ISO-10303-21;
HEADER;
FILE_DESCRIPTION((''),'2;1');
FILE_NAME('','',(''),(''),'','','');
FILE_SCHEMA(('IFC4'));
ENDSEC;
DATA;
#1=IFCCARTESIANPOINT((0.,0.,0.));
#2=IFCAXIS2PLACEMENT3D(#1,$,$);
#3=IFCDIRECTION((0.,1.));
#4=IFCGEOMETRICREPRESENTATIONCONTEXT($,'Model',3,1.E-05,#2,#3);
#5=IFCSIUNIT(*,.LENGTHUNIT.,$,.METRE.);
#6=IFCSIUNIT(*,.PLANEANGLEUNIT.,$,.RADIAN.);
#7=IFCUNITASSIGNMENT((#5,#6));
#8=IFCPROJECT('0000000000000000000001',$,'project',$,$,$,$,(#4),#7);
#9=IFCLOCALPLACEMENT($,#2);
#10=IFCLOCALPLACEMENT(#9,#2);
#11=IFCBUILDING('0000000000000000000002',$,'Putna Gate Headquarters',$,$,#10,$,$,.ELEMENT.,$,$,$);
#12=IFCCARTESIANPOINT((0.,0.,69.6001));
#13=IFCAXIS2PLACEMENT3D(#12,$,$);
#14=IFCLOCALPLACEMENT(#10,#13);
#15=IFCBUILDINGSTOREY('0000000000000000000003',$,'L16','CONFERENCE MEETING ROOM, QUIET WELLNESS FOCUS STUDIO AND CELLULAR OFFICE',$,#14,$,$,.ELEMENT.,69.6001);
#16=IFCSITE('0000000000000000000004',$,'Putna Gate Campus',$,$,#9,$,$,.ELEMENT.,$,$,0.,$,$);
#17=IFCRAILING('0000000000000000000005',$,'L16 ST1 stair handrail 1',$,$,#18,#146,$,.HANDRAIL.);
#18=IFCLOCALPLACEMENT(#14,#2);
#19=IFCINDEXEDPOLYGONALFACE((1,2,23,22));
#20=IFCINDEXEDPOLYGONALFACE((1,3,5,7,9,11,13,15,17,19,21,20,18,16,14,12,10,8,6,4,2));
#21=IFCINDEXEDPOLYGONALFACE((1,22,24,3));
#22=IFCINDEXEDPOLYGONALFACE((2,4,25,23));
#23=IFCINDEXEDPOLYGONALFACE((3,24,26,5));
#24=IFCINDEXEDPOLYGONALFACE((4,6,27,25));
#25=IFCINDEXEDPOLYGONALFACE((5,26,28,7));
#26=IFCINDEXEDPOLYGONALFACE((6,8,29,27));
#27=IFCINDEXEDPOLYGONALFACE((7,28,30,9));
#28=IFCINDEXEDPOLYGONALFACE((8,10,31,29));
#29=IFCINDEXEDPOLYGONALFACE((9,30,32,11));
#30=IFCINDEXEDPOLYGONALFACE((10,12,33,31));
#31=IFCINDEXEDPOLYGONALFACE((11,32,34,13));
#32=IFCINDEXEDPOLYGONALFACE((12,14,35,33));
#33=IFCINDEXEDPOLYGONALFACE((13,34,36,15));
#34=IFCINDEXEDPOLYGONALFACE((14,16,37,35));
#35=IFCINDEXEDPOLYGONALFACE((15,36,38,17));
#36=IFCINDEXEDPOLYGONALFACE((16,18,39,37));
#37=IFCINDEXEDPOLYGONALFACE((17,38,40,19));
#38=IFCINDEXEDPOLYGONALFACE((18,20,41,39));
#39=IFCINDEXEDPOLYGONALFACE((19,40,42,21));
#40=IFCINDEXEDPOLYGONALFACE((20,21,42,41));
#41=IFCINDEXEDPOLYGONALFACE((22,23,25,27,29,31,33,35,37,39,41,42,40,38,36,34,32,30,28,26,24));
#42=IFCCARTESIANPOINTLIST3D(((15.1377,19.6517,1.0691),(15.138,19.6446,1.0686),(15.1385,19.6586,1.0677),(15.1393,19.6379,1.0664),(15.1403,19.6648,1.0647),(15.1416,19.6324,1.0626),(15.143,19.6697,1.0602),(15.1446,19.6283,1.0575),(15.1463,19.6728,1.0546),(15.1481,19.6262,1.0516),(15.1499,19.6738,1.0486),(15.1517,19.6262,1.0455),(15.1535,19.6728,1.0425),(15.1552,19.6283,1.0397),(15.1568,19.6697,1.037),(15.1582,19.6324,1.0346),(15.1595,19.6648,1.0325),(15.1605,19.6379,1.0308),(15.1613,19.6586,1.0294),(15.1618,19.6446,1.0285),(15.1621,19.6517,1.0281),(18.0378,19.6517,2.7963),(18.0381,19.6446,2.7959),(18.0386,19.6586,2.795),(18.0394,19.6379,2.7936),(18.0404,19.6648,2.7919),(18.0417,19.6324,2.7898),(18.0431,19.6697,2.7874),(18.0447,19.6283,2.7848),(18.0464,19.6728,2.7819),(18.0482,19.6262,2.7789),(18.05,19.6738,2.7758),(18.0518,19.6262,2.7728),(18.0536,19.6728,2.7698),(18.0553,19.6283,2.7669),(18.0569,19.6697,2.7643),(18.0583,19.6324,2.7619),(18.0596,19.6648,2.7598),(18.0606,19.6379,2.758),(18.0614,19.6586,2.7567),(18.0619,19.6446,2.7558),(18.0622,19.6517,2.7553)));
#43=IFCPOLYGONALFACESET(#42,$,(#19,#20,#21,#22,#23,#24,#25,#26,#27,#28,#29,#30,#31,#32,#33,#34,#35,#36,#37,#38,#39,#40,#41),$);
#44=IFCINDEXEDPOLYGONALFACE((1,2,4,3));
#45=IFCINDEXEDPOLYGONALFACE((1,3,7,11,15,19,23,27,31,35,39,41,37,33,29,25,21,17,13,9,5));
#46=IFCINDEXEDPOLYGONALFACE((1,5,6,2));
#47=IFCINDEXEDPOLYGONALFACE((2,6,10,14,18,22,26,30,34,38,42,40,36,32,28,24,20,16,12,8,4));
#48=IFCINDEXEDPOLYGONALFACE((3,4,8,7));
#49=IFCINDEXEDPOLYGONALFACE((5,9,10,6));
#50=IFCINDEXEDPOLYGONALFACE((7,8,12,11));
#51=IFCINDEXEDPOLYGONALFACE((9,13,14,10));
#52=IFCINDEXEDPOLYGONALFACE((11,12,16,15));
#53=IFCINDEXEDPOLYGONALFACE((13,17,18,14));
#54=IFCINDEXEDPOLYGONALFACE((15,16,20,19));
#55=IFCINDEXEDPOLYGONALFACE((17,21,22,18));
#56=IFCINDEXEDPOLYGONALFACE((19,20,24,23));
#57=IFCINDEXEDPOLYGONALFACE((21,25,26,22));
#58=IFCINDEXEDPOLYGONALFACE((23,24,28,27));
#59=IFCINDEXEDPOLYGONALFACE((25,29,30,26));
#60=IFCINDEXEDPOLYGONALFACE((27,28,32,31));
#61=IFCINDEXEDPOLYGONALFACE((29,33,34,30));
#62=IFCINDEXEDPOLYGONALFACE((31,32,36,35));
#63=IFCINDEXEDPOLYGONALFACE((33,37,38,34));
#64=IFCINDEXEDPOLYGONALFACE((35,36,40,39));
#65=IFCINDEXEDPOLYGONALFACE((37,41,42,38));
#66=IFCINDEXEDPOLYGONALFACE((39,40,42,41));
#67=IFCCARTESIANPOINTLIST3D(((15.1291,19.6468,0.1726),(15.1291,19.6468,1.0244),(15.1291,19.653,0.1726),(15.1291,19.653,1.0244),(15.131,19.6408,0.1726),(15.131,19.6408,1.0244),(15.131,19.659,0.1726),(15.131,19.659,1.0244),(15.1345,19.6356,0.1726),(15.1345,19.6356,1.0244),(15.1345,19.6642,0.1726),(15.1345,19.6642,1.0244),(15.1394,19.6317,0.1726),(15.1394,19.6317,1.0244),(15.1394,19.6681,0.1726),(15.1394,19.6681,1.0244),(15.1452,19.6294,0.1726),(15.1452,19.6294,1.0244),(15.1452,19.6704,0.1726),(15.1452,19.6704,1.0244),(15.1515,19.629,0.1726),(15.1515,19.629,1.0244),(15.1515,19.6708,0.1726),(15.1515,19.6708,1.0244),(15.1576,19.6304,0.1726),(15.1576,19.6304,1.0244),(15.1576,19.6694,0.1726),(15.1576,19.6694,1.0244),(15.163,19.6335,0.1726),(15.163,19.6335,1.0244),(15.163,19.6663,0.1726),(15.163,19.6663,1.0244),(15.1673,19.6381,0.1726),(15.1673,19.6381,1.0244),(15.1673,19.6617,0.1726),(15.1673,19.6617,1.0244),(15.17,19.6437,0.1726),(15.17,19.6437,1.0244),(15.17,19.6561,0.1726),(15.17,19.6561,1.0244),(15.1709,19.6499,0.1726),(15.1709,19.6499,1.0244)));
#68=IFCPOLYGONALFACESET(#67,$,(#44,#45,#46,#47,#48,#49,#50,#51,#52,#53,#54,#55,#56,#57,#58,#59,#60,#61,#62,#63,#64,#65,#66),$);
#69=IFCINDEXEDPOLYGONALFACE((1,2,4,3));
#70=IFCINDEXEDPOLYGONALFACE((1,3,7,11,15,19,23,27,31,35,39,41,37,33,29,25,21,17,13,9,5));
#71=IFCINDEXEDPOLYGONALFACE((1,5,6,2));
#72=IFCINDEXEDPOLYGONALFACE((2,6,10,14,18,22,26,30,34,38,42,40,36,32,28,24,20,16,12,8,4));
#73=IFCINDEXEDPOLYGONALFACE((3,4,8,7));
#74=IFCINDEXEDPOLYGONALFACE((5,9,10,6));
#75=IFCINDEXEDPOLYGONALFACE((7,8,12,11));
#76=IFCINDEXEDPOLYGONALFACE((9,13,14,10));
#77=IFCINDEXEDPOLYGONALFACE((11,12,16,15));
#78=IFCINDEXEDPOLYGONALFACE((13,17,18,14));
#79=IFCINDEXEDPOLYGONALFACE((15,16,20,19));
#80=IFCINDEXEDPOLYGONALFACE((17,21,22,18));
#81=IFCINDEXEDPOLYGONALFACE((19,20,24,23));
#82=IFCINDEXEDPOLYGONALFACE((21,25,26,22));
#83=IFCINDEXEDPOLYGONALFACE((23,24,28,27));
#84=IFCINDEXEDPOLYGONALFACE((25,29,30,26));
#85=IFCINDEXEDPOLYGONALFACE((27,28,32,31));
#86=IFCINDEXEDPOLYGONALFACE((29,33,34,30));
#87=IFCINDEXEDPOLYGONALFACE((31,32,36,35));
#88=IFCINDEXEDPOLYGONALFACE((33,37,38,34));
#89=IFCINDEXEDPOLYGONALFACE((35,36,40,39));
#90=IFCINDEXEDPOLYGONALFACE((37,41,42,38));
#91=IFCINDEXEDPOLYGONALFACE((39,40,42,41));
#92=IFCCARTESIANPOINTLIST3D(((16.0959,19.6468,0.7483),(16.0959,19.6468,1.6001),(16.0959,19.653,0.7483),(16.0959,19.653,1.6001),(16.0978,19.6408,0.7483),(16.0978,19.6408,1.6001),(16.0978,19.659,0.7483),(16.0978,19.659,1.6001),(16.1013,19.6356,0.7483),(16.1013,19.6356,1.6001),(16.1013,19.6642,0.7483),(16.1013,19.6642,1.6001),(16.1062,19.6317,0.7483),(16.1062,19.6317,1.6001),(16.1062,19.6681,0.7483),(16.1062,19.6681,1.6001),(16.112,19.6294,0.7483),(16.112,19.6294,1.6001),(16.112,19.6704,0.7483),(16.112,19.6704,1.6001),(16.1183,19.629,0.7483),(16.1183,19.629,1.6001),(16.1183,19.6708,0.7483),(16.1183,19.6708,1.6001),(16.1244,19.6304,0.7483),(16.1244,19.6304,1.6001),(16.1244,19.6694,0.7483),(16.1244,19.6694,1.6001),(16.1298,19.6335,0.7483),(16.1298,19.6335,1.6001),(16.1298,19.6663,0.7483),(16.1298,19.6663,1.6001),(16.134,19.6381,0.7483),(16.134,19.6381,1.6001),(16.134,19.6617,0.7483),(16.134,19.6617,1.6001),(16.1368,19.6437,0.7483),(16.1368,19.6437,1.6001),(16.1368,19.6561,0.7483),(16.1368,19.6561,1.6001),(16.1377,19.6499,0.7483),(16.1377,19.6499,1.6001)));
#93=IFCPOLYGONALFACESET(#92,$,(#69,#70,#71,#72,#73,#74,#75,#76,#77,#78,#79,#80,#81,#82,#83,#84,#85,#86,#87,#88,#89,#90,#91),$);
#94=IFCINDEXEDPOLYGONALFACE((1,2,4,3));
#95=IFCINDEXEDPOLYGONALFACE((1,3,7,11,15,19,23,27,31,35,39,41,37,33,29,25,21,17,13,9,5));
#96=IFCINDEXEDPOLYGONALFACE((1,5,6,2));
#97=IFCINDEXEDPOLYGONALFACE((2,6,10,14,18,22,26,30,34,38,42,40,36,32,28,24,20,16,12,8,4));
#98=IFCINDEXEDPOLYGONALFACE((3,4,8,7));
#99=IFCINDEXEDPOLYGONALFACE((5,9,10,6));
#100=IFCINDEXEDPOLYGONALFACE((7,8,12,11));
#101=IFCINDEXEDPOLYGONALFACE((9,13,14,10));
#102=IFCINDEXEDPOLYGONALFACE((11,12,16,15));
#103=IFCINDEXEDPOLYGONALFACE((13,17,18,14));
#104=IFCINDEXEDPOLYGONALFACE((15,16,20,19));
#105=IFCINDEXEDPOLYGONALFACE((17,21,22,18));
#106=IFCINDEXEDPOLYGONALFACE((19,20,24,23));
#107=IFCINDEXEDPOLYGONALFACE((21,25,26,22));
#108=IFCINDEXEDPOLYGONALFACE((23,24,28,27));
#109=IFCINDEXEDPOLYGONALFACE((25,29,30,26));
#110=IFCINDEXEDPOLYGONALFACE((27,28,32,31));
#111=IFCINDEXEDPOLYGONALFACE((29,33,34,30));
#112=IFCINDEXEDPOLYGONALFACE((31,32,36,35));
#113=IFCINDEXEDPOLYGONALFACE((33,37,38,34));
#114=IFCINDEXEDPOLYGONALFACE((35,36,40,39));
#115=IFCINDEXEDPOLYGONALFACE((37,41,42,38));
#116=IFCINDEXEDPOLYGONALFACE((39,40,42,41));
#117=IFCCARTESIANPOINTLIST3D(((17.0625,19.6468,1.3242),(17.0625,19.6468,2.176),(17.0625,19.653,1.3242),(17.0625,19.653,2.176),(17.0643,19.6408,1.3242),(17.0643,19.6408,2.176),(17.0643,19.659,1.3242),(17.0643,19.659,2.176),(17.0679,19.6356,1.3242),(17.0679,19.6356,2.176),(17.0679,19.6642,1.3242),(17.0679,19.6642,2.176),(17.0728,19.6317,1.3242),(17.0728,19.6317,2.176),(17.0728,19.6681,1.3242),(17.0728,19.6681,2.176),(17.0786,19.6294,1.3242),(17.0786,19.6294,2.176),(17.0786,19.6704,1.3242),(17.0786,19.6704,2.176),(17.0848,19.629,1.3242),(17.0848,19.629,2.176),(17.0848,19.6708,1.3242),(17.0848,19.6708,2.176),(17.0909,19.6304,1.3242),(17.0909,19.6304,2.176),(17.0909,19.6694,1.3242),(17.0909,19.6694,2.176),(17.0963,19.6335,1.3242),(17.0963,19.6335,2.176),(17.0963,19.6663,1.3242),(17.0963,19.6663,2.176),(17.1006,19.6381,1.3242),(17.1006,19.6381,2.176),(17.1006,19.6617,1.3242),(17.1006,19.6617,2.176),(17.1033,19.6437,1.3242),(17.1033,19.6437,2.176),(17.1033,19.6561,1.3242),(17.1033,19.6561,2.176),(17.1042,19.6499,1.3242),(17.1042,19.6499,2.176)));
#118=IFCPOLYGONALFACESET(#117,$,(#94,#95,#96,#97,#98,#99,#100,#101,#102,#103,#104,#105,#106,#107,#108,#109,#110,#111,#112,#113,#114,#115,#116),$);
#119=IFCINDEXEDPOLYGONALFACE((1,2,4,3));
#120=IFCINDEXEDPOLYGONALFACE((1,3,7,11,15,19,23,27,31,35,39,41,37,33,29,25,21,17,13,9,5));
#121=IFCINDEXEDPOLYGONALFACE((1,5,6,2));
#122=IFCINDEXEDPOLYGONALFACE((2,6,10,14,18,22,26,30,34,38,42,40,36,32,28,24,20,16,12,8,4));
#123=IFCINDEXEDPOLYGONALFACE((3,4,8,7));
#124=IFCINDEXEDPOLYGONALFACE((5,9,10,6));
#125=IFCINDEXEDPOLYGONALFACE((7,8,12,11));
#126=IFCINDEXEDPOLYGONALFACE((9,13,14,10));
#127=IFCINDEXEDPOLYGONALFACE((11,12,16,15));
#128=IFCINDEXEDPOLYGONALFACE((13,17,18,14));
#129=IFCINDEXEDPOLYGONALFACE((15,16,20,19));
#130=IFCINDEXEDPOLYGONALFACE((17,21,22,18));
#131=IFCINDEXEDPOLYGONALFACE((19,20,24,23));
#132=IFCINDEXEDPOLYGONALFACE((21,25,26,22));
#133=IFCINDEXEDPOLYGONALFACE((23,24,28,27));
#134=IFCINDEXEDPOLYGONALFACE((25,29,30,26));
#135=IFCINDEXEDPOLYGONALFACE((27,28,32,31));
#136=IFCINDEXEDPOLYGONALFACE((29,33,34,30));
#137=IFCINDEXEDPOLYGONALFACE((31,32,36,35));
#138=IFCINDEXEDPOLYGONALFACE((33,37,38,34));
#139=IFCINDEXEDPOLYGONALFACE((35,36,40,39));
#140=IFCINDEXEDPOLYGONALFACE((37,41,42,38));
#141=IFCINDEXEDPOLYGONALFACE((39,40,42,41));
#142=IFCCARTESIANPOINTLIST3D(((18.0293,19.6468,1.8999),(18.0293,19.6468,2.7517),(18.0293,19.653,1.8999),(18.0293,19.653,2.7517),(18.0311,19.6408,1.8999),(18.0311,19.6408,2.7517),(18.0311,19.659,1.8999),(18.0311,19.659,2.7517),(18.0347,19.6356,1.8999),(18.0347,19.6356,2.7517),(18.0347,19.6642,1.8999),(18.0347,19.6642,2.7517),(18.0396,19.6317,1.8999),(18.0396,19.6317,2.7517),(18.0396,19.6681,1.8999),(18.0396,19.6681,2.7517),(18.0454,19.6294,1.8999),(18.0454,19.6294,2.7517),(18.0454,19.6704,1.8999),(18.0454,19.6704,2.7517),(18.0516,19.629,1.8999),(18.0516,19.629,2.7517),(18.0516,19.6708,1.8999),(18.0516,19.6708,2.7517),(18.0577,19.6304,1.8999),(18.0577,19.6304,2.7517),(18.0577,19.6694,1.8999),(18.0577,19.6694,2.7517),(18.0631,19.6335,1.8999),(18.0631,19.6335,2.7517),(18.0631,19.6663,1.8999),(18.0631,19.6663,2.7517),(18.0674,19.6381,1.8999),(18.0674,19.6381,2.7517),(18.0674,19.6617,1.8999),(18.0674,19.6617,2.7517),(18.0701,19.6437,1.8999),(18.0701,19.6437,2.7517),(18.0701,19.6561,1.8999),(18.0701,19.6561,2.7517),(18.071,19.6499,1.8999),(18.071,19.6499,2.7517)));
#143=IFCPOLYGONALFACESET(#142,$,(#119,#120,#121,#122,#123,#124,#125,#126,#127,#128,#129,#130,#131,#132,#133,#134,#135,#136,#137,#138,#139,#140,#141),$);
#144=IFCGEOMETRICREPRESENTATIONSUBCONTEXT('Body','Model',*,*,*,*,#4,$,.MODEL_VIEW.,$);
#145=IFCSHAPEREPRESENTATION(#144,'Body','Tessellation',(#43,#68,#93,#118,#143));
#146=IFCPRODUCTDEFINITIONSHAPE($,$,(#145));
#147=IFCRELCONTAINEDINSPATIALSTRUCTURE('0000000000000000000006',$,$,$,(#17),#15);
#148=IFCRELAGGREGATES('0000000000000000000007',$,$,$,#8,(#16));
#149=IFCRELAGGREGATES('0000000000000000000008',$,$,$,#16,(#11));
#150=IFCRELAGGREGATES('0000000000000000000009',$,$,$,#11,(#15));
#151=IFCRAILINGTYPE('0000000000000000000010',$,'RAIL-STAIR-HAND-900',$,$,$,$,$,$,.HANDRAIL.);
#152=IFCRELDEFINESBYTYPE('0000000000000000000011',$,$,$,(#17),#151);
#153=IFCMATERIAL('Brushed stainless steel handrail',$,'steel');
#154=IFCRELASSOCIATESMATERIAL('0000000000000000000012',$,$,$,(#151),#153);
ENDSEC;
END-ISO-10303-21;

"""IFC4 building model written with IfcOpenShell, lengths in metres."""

from ifc_helpers import new_model, si_unit, direction, frame, origin, origin_2d, place, context, subcontext, project, spatial, circle, extrude, material, type_object, element, save


model = new_model("IFC4")

# Units and contexts
model_context = context("Model", 3, precision=1e-05, world=origin(), true_north=direction((0.0, 1.0)))
body_context = subcontext(model_context, "Body", "Model", "MODEL_VIEW")
ifc_project = project(units=[si_unit("LENGTHUNIT", "METRE"), si_unit("PLANEANGLEUNIT", "RADIAN")], contexts=[model_context])

# Site, building, storey
site_placement = place(None, origin())
site = spatial("IfcSite", under=ifc_project, at=site_placement, Name="Putna Gate Campus", CompositionType="ELEMENT", RefElevation=0.0)
building_placement = place(site_placement, origin())
building = spatial("IfcBuilding", under=site, at=building_placement, Name="Putna Gate Headquarters", CompositionType="ELEMENT")
storey_placement = place(building_placement, frame((0.0, 0.0, 69.6001)))
storey = spatial("IfcBuildingStorey", under=building, at=storey_placement, Name="L16", Description="CONFERENCE MEETING ROOM, QUIET WELLNESS FOCUS STUDIO AND CELLULAR OFFICE", CompositionType="ELEMENT", Elevation=69.6001)

# Railing
ifc_material_1 = material(Name="Brushed stainless steel handrail", Category="steel")
railing_type_1 = type_object("IfcRailingType", Name="RAIL-STAIR-HAND-900", PredefinedType="HANDRAIL", material=ifc_material_1)
railing_1_placement = place(storey_placement, frame((15.1499, 19.6499, 0.1726)))
element("IfcRailing", 1, at=railing_1_placement, inside=storey, type_object=railing_type_1, Name="L16 ST1 stair handrail 1", PredefinedType="HANDRAIL", context=body_context, shape_type="SweptSolid", body=[
    extrude(circle(Radius=0.0239, at=origin_2d()), frame((0.0, 0.0, 0.876), z_axis=(0.85916, 0.0, 0.511706), x_axis=(0.0, 1.0, 0.0)), (0.0, 0.0, 1.0), 3.3755),
    extrude(circle(Radius=0.021, at=origin_2d()), origin(), (0.0, 0.0, 1.0), 0.8518),
    extrude(circle(Radius=0.021, at=origin_2d()), frame((0.9668, 0.0, 0.5757)), (0.0, 0.0, 1.0), 0.8518),
    extrude(circle(Radius=0.021, at=origin_2d()), frame((1.9333, 0.0, 1.1516)), (0.0, 0.0, 1.0), 0.8518),
    extrude(circle(Radius=0.021, at=origin_2d()), frame((2.9001, 0.0, 1.7273)), (0.0, 0.0, 1.0), 0.8518),
])

save(model, "model.ifc")
